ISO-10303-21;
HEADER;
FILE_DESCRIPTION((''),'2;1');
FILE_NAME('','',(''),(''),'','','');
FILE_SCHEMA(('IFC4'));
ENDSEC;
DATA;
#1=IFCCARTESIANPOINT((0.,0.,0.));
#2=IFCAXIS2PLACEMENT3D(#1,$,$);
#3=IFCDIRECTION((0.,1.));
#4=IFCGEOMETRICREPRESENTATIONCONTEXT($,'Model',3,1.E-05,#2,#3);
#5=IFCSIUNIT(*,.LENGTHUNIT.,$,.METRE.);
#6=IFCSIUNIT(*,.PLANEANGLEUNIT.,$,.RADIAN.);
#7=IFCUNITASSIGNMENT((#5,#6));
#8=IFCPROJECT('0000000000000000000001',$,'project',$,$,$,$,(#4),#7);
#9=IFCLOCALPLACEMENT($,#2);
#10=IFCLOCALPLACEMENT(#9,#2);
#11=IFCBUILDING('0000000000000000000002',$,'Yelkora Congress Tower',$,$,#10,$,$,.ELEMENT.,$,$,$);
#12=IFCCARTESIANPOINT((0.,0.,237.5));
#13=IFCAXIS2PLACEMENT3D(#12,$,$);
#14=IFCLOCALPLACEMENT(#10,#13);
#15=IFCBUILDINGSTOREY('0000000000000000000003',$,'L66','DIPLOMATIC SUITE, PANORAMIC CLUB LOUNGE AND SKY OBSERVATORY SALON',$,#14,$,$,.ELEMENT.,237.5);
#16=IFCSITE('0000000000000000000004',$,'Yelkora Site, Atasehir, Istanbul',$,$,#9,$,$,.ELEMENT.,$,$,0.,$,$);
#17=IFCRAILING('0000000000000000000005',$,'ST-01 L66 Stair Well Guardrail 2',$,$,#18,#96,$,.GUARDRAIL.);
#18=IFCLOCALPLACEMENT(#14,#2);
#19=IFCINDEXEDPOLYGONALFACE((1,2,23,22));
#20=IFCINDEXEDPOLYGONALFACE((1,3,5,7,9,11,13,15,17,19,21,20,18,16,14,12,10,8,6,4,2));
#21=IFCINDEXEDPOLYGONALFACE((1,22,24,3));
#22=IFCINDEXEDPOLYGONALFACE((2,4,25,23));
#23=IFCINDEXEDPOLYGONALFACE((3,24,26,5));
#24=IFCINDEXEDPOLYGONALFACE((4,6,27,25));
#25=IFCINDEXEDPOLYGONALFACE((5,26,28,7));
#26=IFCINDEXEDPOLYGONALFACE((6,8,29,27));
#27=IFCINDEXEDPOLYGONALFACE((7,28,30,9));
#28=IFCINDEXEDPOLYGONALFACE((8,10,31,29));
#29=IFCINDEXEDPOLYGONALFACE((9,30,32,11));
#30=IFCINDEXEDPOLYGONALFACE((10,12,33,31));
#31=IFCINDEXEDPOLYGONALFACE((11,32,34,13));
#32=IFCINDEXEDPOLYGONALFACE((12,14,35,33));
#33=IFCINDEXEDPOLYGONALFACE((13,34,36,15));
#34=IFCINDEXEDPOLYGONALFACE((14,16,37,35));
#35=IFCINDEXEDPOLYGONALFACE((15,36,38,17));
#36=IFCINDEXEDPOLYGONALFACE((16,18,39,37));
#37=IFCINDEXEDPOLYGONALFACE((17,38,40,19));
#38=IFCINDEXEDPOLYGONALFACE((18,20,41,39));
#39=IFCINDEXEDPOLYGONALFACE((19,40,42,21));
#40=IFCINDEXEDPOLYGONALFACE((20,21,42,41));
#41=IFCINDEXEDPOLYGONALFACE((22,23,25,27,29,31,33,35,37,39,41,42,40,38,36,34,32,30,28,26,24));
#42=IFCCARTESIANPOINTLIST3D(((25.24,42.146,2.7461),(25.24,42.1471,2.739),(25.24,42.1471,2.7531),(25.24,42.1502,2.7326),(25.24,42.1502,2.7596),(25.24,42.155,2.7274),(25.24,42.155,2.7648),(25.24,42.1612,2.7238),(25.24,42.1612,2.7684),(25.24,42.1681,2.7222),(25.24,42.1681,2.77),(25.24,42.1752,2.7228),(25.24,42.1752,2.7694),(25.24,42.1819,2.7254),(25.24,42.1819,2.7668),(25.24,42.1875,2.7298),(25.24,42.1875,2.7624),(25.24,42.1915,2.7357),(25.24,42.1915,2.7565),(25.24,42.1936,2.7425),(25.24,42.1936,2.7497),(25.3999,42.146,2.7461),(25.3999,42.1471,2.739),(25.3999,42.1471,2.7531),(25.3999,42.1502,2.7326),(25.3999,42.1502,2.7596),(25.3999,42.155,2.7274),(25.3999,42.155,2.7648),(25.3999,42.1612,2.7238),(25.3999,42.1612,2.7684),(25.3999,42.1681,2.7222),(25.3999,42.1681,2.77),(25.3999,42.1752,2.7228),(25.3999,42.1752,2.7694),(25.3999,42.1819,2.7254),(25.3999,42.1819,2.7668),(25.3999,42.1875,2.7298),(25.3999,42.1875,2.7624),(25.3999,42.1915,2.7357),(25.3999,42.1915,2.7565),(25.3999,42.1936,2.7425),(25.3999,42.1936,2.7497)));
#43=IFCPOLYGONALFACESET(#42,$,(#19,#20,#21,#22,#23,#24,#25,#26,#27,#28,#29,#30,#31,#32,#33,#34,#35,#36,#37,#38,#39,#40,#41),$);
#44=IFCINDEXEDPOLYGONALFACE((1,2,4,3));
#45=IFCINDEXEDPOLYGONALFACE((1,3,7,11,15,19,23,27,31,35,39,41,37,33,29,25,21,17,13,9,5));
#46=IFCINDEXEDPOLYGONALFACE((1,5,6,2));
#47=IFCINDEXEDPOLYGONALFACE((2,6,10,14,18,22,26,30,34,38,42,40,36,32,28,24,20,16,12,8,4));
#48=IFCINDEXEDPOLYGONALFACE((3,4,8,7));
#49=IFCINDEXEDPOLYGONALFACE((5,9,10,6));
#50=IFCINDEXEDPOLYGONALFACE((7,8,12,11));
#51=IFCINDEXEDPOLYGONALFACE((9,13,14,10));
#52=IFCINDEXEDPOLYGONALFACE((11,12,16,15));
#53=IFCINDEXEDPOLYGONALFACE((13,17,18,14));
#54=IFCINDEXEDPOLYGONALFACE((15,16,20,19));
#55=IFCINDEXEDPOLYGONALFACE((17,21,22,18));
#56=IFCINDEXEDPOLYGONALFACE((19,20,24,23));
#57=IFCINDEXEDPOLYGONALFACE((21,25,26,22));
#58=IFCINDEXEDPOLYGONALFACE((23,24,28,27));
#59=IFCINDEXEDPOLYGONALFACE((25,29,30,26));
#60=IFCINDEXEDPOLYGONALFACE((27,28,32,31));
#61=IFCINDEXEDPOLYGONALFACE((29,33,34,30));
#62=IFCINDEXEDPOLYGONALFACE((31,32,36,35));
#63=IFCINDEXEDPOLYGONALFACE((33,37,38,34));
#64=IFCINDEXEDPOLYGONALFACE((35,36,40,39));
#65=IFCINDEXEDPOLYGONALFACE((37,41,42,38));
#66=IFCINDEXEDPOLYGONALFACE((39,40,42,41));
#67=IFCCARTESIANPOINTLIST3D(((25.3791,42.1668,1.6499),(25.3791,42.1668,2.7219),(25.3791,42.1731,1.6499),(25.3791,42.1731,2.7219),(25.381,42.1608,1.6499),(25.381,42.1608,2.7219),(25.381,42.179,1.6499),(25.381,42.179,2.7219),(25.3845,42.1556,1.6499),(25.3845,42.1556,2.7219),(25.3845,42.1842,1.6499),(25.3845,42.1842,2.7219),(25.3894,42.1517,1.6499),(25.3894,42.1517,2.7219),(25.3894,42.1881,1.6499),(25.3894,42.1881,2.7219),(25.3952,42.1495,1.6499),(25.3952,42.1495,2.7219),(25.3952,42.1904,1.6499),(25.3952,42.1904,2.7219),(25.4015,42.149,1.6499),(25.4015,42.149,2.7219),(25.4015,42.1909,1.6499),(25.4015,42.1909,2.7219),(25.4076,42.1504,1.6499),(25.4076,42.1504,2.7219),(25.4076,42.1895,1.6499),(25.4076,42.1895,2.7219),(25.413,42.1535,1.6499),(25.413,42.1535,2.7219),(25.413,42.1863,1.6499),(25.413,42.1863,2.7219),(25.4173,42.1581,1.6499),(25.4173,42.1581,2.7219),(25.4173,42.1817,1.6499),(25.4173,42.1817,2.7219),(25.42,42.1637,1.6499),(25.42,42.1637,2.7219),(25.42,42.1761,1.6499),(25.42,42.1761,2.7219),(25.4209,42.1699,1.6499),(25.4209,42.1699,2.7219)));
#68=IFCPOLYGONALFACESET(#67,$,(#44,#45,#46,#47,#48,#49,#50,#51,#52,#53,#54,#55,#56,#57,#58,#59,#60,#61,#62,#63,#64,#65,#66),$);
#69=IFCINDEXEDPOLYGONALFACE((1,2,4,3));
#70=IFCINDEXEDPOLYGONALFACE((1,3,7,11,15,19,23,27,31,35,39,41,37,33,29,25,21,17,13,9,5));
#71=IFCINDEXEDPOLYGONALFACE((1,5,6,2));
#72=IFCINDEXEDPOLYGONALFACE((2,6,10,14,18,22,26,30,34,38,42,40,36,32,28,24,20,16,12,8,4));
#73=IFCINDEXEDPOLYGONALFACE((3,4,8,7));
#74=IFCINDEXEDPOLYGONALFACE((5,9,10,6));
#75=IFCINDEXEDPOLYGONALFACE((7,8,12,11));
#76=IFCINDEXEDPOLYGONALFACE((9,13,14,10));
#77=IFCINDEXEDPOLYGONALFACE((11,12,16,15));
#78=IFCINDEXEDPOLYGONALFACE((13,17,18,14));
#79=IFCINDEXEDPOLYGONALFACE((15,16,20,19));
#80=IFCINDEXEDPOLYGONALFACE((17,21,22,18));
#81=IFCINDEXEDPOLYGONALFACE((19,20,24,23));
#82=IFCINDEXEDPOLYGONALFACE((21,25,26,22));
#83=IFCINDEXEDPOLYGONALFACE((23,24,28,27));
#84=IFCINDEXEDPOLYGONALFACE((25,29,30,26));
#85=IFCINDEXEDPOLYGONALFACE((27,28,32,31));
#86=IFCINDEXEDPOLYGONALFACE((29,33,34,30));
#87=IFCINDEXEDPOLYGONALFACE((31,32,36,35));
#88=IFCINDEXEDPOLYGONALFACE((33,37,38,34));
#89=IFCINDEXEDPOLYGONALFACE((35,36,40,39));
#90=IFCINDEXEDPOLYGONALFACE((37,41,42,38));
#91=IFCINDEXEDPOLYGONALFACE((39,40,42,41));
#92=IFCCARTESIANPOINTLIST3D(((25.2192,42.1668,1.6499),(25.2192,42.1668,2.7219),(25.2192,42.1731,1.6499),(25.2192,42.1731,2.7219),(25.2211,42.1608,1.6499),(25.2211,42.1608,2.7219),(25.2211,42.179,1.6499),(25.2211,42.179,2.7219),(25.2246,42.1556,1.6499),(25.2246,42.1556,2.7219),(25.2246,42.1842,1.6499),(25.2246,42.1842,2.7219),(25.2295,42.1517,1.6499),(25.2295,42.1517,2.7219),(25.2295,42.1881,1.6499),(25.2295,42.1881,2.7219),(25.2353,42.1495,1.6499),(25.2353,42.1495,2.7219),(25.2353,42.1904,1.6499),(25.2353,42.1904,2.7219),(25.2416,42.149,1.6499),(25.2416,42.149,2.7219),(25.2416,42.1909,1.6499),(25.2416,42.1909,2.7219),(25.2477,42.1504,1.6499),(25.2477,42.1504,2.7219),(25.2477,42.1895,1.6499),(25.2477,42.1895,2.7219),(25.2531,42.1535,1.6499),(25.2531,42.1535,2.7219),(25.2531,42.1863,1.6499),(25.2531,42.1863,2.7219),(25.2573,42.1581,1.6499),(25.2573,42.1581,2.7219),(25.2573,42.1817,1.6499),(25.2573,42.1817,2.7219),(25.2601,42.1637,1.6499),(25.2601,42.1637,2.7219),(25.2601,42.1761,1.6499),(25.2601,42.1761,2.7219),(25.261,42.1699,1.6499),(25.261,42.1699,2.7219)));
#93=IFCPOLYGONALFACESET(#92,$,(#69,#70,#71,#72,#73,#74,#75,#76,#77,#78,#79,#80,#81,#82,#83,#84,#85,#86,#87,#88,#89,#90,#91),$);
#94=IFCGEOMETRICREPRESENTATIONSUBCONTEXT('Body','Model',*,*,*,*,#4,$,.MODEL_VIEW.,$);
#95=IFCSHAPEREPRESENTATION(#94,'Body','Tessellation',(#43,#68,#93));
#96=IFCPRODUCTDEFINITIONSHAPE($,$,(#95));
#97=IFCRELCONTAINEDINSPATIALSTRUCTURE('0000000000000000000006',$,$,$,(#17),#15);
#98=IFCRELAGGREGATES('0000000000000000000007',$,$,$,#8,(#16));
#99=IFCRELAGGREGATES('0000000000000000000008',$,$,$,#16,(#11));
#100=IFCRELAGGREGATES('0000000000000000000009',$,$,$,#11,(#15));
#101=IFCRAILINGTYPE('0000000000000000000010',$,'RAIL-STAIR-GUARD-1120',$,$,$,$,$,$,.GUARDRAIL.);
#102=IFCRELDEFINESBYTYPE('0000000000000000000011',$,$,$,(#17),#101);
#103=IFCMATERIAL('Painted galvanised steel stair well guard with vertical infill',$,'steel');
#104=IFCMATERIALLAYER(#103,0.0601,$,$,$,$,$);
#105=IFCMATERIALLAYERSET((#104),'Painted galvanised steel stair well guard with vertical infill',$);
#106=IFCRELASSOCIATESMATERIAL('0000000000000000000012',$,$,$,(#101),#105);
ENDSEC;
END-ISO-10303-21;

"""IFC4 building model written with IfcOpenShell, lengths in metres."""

from ifc_helpers import new_model, si_unit, direction, frame, origin, origin_2d, place, context, subcontext, project, spatial, circle, extrude, material, layer, layer_set, type_object, element, save


model = new_model("IFC4")

# Units and contexts
model_context = context("Model", 3, precision=1e-05, world=origin(), true_north=direction((0.0, 1.0)))
body_context = subcontext(model_context, "Body", "Model", "MODEL_VIEW")
ifc_project = project(units=[si_unit("LENGTHUNIT", "METRE"), si_unit("PLANEANGLEUNIT", "RADIAN")], contexts=[model_context])

# Site, building, storey
site_placement = place(None, origin())
site = spatial("IfcSite", under=ifc_project, at=site_placement, Name="Yelkora Site, Atasehir, Istanbul", CompositionType="ELEMENT", RefElevation=0.0)
building_placement = place(site_placement, origin())
building = spatial("IfcBuilding", under=site, at=building_placement, Name="Yelkora Congress Tower", CompositionType="ELEMENT")
storey_placement = place(building_placement, frame((0.0, 0.0, 237.5)))
storey = spatial("IfcBuildingStorey", under=building, at=storey_placement, Name="L66", Description="DIPLOMATIC SUITE, PANORAMIC CLUB LOUNGE AND SKY OBSERVATORY SALON", CompositionType="ELEMENT", Elevation=237.5)

# Railing
ifc_material_1 = material(Name="Painted galvanised steel stair well guard with vertical infill", Category="steel")
ifc_layer_1 = layer(ifc_material_1, 0.0601)
ifc_layer_set_1 = layer_set([ifc_layer_1], Name="Painted galvanised steel stair well guard with vertical infill")
railing_type = type_object("IfcRailingType", Name="RAIL-STAIR-GUARD-1120", PredefinedType="GUARDRAIL", material=ifc_layer_set_1)
railing_1_placement = place(storey_placement, frame((25.3999, 42.1699, 1.6499)))
element("IfcRailing", 1, at=railing_1_placement, inside=storey, type_object=railing_type, Name="ST-01 L66 Stair Well Guardrail 2", PredefinedType="GUARDRAIL", context=body_context, shape_type="SweptSolid", body=[
    extrude(circle(Radius=0.0239, at=origin_2d()), frame((0.0, 0.0, 1.0962), z_axis=(-1.0, 0.0, 0.0), x_axis=(0.0, -1.0, 0.0)), (0.0, 0.0, 1.0), 0.1599),
    extrude(circle(Radius=0.021, at=origin_2d()), origin(), (0.0, 0.0, 1.0), 1.072),
    extrude(circle(Radius=0.021, at=origin_2d()), frame((-0.1599, 0.0, 0.0)), (0.0, 0.0, 1.0), 1.072),
])

save(model, "model.ifc")
